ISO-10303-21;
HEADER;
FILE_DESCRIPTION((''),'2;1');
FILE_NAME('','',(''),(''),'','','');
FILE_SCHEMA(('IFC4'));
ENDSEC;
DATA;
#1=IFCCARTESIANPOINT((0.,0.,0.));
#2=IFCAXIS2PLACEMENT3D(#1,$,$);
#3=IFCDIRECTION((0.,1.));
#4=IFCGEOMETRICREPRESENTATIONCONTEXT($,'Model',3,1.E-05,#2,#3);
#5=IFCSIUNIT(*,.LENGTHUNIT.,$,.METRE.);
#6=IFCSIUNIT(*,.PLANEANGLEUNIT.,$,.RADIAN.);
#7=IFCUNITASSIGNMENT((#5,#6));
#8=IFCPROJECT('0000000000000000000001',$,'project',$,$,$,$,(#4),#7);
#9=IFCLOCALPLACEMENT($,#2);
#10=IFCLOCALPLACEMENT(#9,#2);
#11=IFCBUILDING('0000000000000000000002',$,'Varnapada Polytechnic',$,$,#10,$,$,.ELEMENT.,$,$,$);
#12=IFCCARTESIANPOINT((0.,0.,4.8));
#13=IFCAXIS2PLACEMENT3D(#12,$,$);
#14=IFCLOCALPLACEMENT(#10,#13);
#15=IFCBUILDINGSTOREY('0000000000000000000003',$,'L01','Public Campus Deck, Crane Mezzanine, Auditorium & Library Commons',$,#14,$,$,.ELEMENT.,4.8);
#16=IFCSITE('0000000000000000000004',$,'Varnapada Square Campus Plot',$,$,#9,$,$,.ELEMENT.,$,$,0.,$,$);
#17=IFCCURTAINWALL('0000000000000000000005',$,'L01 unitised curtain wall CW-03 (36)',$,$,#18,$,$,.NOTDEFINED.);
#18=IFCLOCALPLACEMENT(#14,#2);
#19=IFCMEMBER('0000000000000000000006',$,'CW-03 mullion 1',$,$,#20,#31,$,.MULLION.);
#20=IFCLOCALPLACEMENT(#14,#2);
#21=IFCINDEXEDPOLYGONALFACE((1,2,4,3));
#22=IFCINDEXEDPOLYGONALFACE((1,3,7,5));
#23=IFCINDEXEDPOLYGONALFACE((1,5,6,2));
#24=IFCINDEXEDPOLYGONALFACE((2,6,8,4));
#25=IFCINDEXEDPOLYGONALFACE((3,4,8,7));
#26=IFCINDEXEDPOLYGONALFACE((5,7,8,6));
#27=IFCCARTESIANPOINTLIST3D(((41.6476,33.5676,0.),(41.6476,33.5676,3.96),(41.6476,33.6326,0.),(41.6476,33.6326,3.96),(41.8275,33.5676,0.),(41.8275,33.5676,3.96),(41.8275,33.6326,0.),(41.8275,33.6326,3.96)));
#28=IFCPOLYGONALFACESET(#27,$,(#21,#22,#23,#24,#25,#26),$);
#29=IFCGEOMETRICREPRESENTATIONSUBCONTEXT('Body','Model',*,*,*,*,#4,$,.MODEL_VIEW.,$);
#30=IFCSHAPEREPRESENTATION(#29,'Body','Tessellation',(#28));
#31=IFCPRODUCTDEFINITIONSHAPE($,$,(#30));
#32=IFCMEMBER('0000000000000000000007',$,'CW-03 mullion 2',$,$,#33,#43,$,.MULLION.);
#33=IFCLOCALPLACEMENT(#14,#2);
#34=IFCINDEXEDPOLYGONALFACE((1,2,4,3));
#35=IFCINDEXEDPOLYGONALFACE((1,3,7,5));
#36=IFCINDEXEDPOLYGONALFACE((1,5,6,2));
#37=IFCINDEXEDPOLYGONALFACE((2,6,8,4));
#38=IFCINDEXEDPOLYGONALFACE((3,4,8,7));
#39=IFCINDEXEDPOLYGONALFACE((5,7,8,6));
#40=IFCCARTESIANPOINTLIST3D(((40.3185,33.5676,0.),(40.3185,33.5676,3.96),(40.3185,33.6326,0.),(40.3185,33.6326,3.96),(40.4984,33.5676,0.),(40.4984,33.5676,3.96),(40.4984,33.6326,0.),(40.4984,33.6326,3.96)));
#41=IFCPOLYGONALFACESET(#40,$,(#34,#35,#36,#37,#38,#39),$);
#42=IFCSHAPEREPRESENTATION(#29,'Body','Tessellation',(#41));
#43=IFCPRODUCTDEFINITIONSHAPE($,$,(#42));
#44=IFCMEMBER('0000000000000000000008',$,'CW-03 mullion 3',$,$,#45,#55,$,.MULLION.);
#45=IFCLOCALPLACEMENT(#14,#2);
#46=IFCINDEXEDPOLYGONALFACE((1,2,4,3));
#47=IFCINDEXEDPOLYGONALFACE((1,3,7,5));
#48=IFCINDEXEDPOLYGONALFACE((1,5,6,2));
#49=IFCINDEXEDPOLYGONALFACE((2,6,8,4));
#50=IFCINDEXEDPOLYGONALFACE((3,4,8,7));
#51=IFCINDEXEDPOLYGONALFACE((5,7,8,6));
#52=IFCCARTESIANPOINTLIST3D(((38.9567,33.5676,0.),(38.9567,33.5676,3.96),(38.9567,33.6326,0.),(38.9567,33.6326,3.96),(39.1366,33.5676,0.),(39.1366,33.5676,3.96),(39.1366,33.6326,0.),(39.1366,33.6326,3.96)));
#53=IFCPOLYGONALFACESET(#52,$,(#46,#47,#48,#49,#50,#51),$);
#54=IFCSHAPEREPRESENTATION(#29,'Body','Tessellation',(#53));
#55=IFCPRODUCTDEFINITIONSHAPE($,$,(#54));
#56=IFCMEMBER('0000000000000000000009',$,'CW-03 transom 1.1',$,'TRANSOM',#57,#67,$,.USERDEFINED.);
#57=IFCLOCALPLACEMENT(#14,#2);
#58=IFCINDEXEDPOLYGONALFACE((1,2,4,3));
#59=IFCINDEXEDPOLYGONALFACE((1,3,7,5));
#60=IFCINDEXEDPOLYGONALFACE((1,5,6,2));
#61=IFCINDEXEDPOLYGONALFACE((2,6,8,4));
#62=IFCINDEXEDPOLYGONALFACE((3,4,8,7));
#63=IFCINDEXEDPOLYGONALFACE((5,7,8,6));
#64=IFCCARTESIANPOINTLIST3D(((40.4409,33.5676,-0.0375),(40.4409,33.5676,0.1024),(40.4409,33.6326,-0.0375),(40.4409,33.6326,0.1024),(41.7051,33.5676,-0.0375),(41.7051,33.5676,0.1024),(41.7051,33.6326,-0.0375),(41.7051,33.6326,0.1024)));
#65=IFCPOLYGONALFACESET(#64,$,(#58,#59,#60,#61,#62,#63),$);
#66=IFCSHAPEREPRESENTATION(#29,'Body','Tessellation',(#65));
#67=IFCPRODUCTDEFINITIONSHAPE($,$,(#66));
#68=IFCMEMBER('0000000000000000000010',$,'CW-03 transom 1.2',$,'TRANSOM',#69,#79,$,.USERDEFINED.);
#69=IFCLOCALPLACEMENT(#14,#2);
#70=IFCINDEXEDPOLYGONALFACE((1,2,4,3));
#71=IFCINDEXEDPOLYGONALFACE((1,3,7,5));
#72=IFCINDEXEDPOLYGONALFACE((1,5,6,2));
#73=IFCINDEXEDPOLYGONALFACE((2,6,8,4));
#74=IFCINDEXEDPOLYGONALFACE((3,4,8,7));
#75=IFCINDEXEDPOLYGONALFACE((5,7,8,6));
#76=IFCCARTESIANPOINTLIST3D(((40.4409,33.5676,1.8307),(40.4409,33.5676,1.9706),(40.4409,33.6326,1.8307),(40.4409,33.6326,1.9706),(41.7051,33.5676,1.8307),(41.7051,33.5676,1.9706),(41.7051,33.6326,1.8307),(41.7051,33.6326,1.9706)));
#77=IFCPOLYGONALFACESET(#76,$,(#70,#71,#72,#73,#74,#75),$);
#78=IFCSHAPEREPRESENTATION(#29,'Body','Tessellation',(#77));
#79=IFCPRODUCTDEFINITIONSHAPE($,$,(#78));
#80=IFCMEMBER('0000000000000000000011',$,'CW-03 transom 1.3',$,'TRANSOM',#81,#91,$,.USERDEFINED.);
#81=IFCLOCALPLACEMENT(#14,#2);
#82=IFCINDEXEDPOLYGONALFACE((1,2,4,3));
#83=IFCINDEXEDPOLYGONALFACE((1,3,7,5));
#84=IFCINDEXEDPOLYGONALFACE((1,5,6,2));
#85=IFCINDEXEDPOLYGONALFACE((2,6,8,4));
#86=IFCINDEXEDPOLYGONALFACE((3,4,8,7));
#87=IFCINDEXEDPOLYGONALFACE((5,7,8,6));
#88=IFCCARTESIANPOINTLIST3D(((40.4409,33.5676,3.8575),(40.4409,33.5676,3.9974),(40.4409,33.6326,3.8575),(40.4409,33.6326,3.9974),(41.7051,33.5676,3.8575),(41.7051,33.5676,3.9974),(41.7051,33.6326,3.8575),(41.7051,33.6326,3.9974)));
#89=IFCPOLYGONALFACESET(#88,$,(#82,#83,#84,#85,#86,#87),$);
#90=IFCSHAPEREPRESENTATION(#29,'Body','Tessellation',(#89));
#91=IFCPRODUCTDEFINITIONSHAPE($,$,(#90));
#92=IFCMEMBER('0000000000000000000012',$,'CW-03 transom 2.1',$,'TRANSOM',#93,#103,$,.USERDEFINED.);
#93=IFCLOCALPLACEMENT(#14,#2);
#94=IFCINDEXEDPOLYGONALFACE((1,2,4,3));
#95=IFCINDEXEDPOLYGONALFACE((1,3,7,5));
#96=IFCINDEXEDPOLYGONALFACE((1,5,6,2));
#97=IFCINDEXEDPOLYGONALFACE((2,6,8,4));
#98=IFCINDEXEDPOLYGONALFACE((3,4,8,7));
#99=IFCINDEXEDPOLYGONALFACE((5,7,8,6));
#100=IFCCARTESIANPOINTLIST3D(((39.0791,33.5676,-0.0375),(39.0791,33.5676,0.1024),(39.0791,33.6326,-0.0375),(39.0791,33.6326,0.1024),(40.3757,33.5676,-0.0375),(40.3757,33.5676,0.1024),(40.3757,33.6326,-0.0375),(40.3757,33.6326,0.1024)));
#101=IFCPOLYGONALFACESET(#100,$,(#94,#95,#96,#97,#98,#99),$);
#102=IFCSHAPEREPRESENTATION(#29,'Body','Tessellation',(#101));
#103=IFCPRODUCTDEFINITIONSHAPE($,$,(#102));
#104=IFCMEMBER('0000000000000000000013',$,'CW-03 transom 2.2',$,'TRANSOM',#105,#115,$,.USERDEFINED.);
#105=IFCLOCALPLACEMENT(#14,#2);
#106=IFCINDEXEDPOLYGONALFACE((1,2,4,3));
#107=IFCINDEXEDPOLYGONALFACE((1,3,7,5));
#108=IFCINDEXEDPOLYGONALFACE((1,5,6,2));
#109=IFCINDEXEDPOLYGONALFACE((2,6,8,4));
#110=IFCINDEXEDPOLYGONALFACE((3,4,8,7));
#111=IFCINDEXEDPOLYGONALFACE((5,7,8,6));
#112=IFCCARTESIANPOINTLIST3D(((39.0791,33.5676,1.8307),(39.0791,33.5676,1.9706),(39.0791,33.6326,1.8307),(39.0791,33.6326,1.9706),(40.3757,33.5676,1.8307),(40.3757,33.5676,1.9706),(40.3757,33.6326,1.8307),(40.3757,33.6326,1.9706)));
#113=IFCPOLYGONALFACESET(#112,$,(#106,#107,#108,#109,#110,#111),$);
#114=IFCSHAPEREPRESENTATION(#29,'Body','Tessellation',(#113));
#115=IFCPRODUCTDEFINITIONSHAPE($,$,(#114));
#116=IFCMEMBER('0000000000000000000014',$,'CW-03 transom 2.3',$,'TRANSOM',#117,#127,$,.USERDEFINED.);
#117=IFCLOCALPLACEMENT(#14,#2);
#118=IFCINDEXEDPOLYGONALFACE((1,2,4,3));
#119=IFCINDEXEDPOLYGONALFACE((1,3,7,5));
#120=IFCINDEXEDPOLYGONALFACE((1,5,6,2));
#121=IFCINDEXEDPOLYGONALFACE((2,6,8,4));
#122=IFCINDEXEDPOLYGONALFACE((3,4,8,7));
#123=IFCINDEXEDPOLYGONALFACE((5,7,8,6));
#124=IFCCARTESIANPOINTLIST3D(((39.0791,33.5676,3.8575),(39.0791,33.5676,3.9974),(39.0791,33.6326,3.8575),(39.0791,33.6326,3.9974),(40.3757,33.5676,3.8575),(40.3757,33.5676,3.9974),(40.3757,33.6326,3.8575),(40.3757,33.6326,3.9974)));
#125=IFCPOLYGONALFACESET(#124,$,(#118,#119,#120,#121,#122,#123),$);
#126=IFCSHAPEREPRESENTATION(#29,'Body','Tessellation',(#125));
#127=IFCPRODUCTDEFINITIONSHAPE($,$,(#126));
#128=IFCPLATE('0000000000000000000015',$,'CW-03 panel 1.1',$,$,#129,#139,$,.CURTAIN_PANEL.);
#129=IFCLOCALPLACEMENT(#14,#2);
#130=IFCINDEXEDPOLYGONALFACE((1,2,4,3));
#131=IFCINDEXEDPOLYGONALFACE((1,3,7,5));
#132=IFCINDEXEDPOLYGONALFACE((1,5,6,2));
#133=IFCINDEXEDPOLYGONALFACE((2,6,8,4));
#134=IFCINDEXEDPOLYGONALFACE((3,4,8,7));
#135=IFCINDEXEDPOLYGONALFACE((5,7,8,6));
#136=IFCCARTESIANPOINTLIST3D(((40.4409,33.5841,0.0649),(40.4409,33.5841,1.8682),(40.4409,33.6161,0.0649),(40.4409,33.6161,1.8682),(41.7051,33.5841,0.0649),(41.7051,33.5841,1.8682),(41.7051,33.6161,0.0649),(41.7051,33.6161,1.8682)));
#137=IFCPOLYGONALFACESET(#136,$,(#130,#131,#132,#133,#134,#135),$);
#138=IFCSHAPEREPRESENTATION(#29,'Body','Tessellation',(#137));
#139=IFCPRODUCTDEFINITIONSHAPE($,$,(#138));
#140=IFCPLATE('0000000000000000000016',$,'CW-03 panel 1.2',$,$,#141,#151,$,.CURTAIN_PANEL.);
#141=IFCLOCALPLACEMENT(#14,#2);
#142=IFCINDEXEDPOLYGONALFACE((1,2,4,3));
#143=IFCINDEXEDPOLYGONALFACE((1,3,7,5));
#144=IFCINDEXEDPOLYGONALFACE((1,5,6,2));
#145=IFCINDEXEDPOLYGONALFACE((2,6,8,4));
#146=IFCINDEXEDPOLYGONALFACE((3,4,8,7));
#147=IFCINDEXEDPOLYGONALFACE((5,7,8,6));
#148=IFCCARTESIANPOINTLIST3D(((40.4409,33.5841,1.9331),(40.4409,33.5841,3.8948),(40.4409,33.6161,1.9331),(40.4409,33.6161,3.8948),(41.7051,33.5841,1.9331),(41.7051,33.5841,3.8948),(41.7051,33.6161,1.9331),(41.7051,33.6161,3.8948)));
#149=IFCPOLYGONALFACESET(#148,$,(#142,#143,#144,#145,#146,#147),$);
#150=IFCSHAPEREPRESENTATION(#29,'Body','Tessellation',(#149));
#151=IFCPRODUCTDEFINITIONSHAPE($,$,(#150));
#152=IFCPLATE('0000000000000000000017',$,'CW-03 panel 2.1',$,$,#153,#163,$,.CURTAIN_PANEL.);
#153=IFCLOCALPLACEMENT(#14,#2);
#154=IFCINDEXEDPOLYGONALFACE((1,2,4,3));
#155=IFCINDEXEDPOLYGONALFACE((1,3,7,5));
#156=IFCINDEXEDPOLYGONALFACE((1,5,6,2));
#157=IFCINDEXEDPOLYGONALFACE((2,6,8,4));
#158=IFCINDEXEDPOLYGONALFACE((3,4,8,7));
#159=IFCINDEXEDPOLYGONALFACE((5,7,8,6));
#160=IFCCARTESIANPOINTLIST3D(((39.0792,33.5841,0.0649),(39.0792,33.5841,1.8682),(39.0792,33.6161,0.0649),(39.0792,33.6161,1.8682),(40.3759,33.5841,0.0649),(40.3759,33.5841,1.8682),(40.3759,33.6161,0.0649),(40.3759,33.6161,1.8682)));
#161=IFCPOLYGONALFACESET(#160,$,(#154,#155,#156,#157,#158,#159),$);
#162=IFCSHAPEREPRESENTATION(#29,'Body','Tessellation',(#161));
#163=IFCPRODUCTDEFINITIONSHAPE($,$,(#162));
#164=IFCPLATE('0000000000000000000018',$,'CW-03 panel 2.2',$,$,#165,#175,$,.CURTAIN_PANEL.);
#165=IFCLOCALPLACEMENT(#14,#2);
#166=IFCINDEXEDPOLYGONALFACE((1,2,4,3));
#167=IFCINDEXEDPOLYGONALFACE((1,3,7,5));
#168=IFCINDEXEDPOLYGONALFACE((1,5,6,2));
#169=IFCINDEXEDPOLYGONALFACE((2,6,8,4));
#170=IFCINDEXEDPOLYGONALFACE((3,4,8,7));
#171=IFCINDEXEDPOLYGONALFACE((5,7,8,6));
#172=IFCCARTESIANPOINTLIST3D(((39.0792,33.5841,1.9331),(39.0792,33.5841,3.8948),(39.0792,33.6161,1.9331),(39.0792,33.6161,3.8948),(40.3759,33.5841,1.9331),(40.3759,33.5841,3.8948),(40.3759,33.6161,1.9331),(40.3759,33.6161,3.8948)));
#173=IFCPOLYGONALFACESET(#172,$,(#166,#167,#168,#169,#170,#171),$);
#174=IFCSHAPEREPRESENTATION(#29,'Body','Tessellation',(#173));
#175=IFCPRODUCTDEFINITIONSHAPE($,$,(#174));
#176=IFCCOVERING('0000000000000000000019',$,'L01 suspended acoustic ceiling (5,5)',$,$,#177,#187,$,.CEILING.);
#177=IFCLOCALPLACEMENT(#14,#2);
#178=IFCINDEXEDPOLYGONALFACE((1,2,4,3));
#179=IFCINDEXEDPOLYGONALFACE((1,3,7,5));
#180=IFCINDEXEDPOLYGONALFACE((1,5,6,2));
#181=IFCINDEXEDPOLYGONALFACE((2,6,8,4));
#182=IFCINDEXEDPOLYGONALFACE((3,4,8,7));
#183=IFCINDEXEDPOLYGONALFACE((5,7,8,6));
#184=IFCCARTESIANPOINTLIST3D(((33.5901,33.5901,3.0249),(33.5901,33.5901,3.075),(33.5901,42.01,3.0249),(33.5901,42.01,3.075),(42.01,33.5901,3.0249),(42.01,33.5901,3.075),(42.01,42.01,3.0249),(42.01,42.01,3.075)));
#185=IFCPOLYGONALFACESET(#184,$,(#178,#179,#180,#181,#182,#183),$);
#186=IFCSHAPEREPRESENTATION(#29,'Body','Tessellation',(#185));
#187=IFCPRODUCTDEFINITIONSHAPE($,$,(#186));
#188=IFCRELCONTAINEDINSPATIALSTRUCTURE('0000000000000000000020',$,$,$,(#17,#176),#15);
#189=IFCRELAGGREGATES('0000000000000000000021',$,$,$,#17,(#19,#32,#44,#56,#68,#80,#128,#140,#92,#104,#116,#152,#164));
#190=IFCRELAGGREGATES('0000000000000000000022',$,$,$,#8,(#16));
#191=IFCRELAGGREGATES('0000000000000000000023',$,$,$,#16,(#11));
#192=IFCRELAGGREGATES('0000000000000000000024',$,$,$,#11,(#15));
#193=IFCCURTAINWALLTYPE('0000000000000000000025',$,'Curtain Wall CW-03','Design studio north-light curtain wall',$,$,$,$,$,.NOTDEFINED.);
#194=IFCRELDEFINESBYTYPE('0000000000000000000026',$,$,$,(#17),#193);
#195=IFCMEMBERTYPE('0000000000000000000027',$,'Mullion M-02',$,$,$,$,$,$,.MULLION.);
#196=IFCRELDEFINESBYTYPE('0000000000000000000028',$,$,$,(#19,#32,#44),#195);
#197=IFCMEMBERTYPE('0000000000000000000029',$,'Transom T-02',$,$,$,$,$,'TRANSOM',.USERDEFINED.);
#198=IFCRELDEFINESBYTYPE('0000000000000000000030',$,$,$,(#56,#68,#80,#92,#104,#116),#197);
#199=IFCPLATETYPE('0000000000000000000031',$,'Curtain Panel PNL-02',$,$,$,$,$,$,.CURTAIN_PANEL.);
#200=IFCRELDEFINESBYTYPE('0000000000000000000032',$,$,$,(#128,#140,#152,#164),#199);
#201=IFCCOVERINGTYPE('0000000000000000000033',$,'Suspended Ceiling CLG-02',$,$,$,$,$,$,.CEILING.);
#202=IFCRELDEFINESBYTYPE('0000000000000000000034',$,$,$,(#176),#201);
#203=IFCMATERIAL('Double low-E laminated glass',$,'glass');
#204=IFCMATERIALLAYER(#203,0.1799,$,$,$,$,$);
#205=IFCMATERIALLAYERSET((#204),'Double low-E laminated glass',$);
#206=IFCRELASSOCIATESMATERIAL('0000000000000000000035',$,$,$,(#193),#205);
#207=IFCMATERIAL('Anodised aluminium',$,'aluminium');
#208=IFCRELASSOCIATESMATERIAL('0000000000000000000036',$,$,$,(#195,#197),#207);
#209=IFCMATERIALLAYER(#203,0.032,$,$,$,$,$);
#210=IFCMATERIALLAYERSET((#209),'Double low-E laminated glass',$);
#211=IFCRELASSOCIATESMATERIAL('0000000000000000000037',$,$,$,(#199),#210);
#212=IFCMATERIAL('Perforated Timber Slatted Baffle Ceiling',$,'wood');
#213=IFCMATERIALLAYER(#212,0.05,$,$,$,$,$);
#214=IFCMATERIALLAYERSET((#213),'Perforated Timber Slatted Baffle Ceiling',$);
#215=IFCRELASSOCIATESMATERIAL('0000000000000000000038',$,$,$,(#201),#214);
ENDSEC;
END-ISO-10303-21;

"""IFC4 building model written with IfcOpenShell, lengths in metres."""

from ifc_helpers import new_model, si_unit, direction, frame, origin, origin_2d, place, context, subcontext, project, spatial, rectangle, extrude, material, layer, layer_set, material_profile, profile_set, type_object, element, aggregate, save


model = new_model("IFC4")

# Units and contexts
model_context = context("Model", 3, precision=1e-05, world=origin(), true_north=direction((0.0, 1.0)))
body_context = subcontext(model_context, "Body", "Model", "MODEL_VIEW")
ifc_project = project(units=[si_unit("LENGTHUNIT", "METRE"), si_unit("PLANEANGLEUNIT", "RADIAN")], contexts=[model_context])

# Site, building, storey
site_placement = place(None, origin())
site = spatial("IfcSite", under=ifc_project, at=site_placement, Name="Varnapada Square Campus Plot", CompositionType="ELEMENT", RefElevation=0.0)
building_placement = place(site_placement, origin())
building = spatial("IfcBuilding", under=site, at=building_placement, Name="Varnapada Polytechnic", CompositionType="ELEMENT")
storey_placement = place(building_placement, frame((0.0, 0.0, 4.8)))
storey = spatial("IfcBuildingStorey", under=building, at=storey_placement, Name="L01", Description="Public Campus Deck, Crane Mezzanine, Auditorium & Library Commons", CompositionType="ELEMENT", Elevation=4.8)

# Curtain wall, members, plates
ifc_material_1 = material(Name="Double low-E laminated glass", Category="glass")
ifc_layer_1 = layer(ifc_material_1, 0.1799)
ifc_layer_set_1 = layer_set([ifc_layer_1], Name="Double low-E laminated glass")
curtain_wall_type = type_object("IfcCurtainWallType", Name="Curtain Wall CW-03", Description="Design studio north-light curtain wall", PredefinedType="NOTDEFINED", material=ifc_layer_set_1)
curtain_wall_placement = place(storey_placement, origin())
curtain_wall = element("IfcCurtainWall", 1, at=curtain_wall_placement, inside=storey, type_object=curtain_wall_type, Name="L01 unitised curtain wall CW-03 (36)", PredefinedType="NOTDEFINED")
ifc_material_2 = material(Name="Anodised aluminium", Category="aluminium")
ifc_material_profile_1 = material_profile(ifc_material_2, rectangle(XDim=0.0649, YDim=0.1799, at=origin_2d()), Name="ALU M65x180")
ifc_profile_set_1 = profile_set([ifc_material_profile_1], Name="Anodised aluminium")
member_type_1 = type_object("IfcMemberType", Name="Mullion M-02", PredefinedType="MULLION", material=ifc_profile_set_1)
member_1_placement = place(storey_placement, frame((41.7375, 33.6001, 0.0), z_axis=(0.0, 0.0, 1.0), x_axis=(0.0, -1.0, 0.0)))
member_1 = element("IfcMember", 2, at=member_1_placement, type_object=member_type_1, Name="CW-03 mullion 1", PredefinedType="MULLION", context=body_context, shape_type="SweptSolid", body=[
    extrude(rectangle(XDim=0.0649, YDim=0.1799, at=origin_2d()), origin(), (0.0, 0.0, 1.0), 3.96),
])
member_2_placement = place(storey_placement, frame((40.4084, 33.6001, 0.0), z_axis=(0.0, 0.0, 1.0), x_axis=(0.0, -1.0, 0.0)))
member_2 = element("IfcMember", 3, at=member_2_placement, type_object=member_type_1, Name="CW-03 mullion 2", PredefinedType="MULLION", context=body_context, shape_type="SweptSolid", body=[
    extrude(rectangle(XDim=0.0649, YDim=0.1799, at=origin_2d()), origin(), (0.0, 0.0, 1.0), 3.96),
])
member_3_placement = place(storey_placement, frame((39.0466, 33.6001, 0.0), z_axis=(0.0, 0.0, 1.0), x_axis=(0.0, -1.0, 0.0)))
member_3 = element("IfcMember", 4, at=member_3_placement, type_object=member_type_1, Name="CW-03 mullion 3", PredefinedType="MULLION", context=body_context, shape_type="SweptSolid", body=[
    extrude(rectangle(XDim=0.0649, YDim=0.1799, at=origin_2d()), origin(), (0.0, 0.0, 1.0), 3.96),
])
ifc_material_profile_2 = material_profile(ifc_material_2, rectangle(XDim=0.0649, YDim=0.1399, at=origin_2d()), Name="ALU T65x140")
ifc_profile_set_2 = profile_set([ifc_material_profile_2], Name="Anodised aluminium")
member_type_2 = type_object("IfcMemberType", Name="Transom T-02", ElementType="TRANSOM", PredefinedType="USERDEFINED", material=ifc_profile_set_2)
member_4_placement = place(storey_placement, frame((41.7051, 33.6001, 0.0325), z_axis=(-1.0, 0.0, 0.0), x_axis=(0.0, -1.0, 0.0)))
member_4 = element("IfcMember", 5, at=member_4_placement, type_object=member_type_2, Name="CW-03 transom 1.1", ObjectType="TRANSOM", PredefinedType="USERDEFINED", context=body_context, shape_type="SweptSolid", body=[
    extrude(rectangle(XDim=0.0649, YDim=0.1399, at=origin_2d()), origin(), (0.0, 0.0, 1.0), 1.2642),
])
member_5_placement = place(storey_placement, frame((41.7051, 33.6001, 1.9006), z_axis=(-1.0, 0.0, 0.0), x_axis=(0.0, -1.0, 0.0)))
member_5 = element("IfcMember", 6, at=member_5_placement, type_object=member_type_2, Name="CW-03 transom 1.2", ObjectType="TRANSOM", PredefinedType="USERDEFINED", context=body_context, shape_type="SweptSolid", body=[
    extrude(rectangle(XDim=0.0649, YDim=0.1399, at=origin_2d()), origin(), (0.0, 0.0, 1.0), 1.2642),
])
member_6_placement = place(storey_placement, frame((41.7051, 33.6001, 3.9275), z_axis=(-1.0, 0.0, 0.0), x_axis=(0.0, -1.0, 0.0)))
member_6 = element("IfcMember", 7, at=member_6_placement, type_object=member_type_2, Name="CW-03 transom 1.3", ObjectType="TRANSOM", PredefinedType="USERDEFINED", context=body_context, shape_type="SweptSolid", body=[
    extrude(rectangle(XDim=0.0649, YDim=0.1399, at=origin_2d()), origin(), (0.0, 0.0, 1.0), 1.2642),
])
member_7_placement = place(storey_placement, frame((40.3757, 33.6001, 0.0325), z_axis=(-1.0, 0.0, 0.0), x_axis=(0.0, -1.0, 0.0)))
member_7 = element("IfcMember", 8, at=member_7_placement, type_object=member_type_2, Name="CW-03 transom 2.1", ObjectType="TRANSOM", PredefinedType="USERDEFINED", context=body_context, shape_type="SweptSolid", body=[
    extrude(rectangle(XDim=0.0649, YDim=0.1399, at=origin_2d()), origin(), (0.0, 0.0, 1.0), 1.2966),
])
member_8_placement = place(storey_placement, frame((40.3757, 33.6001, 1.9006), z_axis=(-1.0, 0.0, 0.0), x_axis=(0.0, -1.0, 0.0)))
member_8 = element("IfcMember", 9, at=member_8_placement, type_object=member_type_2, Name="CW-03 transom 2.2", ObjectType="TRANSOM", PredefinedType="USERDEFINED", context=body_context, shape_type="SweptSolid", body=[
    extrude(rectangle(XDim=0.0649, YDim=0.1399, at=origin_2d()), origin(), (0.0, 0.0, 1.0), 1.2966),
])
member_9_placement = place(storey_placement, frame((40.3757, 33.6001, 3.9275), z_axis=(-1.0, 0.0, 0.0), x_axis=(0.0, -1.0, 0.0)))
member_9 = element("IfcMember", 10, at=member_9_placement, type_object=member_type_2, Name="CW-03 transom 2.3", ObjectType="TRANSOM", PredefinedType="USERDEFINED", context=body_context, shape_type="SweptSolid", body=[
    extrude(rectangle(XDim=0.0649, YDim=0.1399, at=origin_2d()), origin(), (0.0, 0.0, 1.0), 1.2966),
])
ifc_layer_2 = layer(ifc_material_1, 0.032)
ifc_layer_set_2 = layer_set([ifc_layer_2], Name="Double low-E laminated glass")
plate_type = type_object("IfcPlateType", Name="Curtain Panel PNL-02", PredefinedType="CURTAIN_PANEL", material=ifc_layer_set_2)
plate_1_placement = place(storey_placement, frame((41.073, 33.6001, 0.0649), z_axis=(0.0, 0.0, 1.0), x_axis=(-1.0, 0.0, 0.0)))
plate_1 = element("IfcPlate", 11, at=plate_1_placement, type_object=plate_type, Name="CW-03 panel 1.1", PredefinedType="CURTAIN_PANEL", context=body_context, shape_type="SweptSolid", body=[
    extrude(rectangle(XDim=1.2642, YDim=0.032, at=origin_2d()), origin(), (0.0, 0.0, 1.0), 1.8032),
])
plate_2_placement = place(storey_placement, frame((41.073, 33.6001, 1.9331), z_axis=(0.0, 0.0, 1.0), x_axis=(-1.0, 0.0, 0.0)))
plate_2 = element("IfcPlate", 12, at=plate_2_placement, type_object=plate_type, Name="CW-03 panel 1.2", PredefinedType="CURTAIN_PANEL", context=body_context, shape_type="SweptSolid", body=[
    extrude(rectangle(XDim=1.2642, YDim=0.032, at=origin_2d()), origin(), (0.0, 0.0, 1.0), 1.9617),
])
plate_3_placement = place(storey_placement, frame((39.7275, 33.6001, 0.0649), z_axis=(0.0, 0.0, 1.0), x_axis=(-1.0, 0.0, 0.0)))
plate_3 = element("IfcPlate", 13, at=plate_3_placement, type_object=plate_type, Name="CW-03 panel 2.1", PredefinedType="CURTAIN_PANEL", context=body_context, shape_type="SweptSolid", body=[
    extrude(rectangle(XDim=1.2966, YDim=0.032, at=origin_2d()), origin(), (0.0, 0.0, 1.0), 1.8032),
])
plate_4_placement = place(storey_placement, frame((39.7275, 33.6001, 1.9331), z_axis=(0.0, 0.0, 1.0), x_axis=(-1.0, 0.0, 0.0)))
plate_4 = element("IfcPlate", 14, at=plate_4_placement, type_object=plate_type, Name="CW-03 panel 2.2", PredefinedType="CURTAIN_PANEL", context=body_context, shape_type="SweptSolid", body=[
    extrude(rectangle(XDim=1.2966, YDim=0.032, at=origin_2d()), origin(), (0.0, 0.0, 1.0), 1.9617),
])
aggregate(curtain_wall, [member_1, member_2, member_3, member_4, member_5, member_6, plate_1, plate_2, member_7, member_8, member_9, plate_3, plate_4])

# Covering
ifc_material_3 = material(Name="Perforated Timber Slatted Baffle Ceiling", Category="wood")
ifc_layer_3 = layer(ifc_material_3, 0.05)
ifc_layer_set_3 = layer_set([ifc_layer_3], Name="Perforated Timber Slatted Baffle Ceiling")
covering_type = type_object("IfcCoveringType", Name="Suspended Ceiling CLG-02", PredefinedType="CEILING", material=ifc_layer_set_3)
covering_placement = place(storey_placement, frame((37.8, 37.8, 3.0249), z_axis=(0.0, 0.0, 1.0), x_axis=(1.0, 0.0, 0.0)))
element("IfcCovering", 15, at=covering_placement, inside=storey, type_object=covering_type, Name="L01 suspended acoustic ceiling (5,5)", PredefinedType="CEILING", context=body_context, shape_type="SweptSolid", body=[
    extrude(rectangle(XDim=8.4199, YDim=8.4199, at=origin_2d()), origin(), (0.0, 0.0, 1.0), 0.05),
])

save(model, "model.ifc")
